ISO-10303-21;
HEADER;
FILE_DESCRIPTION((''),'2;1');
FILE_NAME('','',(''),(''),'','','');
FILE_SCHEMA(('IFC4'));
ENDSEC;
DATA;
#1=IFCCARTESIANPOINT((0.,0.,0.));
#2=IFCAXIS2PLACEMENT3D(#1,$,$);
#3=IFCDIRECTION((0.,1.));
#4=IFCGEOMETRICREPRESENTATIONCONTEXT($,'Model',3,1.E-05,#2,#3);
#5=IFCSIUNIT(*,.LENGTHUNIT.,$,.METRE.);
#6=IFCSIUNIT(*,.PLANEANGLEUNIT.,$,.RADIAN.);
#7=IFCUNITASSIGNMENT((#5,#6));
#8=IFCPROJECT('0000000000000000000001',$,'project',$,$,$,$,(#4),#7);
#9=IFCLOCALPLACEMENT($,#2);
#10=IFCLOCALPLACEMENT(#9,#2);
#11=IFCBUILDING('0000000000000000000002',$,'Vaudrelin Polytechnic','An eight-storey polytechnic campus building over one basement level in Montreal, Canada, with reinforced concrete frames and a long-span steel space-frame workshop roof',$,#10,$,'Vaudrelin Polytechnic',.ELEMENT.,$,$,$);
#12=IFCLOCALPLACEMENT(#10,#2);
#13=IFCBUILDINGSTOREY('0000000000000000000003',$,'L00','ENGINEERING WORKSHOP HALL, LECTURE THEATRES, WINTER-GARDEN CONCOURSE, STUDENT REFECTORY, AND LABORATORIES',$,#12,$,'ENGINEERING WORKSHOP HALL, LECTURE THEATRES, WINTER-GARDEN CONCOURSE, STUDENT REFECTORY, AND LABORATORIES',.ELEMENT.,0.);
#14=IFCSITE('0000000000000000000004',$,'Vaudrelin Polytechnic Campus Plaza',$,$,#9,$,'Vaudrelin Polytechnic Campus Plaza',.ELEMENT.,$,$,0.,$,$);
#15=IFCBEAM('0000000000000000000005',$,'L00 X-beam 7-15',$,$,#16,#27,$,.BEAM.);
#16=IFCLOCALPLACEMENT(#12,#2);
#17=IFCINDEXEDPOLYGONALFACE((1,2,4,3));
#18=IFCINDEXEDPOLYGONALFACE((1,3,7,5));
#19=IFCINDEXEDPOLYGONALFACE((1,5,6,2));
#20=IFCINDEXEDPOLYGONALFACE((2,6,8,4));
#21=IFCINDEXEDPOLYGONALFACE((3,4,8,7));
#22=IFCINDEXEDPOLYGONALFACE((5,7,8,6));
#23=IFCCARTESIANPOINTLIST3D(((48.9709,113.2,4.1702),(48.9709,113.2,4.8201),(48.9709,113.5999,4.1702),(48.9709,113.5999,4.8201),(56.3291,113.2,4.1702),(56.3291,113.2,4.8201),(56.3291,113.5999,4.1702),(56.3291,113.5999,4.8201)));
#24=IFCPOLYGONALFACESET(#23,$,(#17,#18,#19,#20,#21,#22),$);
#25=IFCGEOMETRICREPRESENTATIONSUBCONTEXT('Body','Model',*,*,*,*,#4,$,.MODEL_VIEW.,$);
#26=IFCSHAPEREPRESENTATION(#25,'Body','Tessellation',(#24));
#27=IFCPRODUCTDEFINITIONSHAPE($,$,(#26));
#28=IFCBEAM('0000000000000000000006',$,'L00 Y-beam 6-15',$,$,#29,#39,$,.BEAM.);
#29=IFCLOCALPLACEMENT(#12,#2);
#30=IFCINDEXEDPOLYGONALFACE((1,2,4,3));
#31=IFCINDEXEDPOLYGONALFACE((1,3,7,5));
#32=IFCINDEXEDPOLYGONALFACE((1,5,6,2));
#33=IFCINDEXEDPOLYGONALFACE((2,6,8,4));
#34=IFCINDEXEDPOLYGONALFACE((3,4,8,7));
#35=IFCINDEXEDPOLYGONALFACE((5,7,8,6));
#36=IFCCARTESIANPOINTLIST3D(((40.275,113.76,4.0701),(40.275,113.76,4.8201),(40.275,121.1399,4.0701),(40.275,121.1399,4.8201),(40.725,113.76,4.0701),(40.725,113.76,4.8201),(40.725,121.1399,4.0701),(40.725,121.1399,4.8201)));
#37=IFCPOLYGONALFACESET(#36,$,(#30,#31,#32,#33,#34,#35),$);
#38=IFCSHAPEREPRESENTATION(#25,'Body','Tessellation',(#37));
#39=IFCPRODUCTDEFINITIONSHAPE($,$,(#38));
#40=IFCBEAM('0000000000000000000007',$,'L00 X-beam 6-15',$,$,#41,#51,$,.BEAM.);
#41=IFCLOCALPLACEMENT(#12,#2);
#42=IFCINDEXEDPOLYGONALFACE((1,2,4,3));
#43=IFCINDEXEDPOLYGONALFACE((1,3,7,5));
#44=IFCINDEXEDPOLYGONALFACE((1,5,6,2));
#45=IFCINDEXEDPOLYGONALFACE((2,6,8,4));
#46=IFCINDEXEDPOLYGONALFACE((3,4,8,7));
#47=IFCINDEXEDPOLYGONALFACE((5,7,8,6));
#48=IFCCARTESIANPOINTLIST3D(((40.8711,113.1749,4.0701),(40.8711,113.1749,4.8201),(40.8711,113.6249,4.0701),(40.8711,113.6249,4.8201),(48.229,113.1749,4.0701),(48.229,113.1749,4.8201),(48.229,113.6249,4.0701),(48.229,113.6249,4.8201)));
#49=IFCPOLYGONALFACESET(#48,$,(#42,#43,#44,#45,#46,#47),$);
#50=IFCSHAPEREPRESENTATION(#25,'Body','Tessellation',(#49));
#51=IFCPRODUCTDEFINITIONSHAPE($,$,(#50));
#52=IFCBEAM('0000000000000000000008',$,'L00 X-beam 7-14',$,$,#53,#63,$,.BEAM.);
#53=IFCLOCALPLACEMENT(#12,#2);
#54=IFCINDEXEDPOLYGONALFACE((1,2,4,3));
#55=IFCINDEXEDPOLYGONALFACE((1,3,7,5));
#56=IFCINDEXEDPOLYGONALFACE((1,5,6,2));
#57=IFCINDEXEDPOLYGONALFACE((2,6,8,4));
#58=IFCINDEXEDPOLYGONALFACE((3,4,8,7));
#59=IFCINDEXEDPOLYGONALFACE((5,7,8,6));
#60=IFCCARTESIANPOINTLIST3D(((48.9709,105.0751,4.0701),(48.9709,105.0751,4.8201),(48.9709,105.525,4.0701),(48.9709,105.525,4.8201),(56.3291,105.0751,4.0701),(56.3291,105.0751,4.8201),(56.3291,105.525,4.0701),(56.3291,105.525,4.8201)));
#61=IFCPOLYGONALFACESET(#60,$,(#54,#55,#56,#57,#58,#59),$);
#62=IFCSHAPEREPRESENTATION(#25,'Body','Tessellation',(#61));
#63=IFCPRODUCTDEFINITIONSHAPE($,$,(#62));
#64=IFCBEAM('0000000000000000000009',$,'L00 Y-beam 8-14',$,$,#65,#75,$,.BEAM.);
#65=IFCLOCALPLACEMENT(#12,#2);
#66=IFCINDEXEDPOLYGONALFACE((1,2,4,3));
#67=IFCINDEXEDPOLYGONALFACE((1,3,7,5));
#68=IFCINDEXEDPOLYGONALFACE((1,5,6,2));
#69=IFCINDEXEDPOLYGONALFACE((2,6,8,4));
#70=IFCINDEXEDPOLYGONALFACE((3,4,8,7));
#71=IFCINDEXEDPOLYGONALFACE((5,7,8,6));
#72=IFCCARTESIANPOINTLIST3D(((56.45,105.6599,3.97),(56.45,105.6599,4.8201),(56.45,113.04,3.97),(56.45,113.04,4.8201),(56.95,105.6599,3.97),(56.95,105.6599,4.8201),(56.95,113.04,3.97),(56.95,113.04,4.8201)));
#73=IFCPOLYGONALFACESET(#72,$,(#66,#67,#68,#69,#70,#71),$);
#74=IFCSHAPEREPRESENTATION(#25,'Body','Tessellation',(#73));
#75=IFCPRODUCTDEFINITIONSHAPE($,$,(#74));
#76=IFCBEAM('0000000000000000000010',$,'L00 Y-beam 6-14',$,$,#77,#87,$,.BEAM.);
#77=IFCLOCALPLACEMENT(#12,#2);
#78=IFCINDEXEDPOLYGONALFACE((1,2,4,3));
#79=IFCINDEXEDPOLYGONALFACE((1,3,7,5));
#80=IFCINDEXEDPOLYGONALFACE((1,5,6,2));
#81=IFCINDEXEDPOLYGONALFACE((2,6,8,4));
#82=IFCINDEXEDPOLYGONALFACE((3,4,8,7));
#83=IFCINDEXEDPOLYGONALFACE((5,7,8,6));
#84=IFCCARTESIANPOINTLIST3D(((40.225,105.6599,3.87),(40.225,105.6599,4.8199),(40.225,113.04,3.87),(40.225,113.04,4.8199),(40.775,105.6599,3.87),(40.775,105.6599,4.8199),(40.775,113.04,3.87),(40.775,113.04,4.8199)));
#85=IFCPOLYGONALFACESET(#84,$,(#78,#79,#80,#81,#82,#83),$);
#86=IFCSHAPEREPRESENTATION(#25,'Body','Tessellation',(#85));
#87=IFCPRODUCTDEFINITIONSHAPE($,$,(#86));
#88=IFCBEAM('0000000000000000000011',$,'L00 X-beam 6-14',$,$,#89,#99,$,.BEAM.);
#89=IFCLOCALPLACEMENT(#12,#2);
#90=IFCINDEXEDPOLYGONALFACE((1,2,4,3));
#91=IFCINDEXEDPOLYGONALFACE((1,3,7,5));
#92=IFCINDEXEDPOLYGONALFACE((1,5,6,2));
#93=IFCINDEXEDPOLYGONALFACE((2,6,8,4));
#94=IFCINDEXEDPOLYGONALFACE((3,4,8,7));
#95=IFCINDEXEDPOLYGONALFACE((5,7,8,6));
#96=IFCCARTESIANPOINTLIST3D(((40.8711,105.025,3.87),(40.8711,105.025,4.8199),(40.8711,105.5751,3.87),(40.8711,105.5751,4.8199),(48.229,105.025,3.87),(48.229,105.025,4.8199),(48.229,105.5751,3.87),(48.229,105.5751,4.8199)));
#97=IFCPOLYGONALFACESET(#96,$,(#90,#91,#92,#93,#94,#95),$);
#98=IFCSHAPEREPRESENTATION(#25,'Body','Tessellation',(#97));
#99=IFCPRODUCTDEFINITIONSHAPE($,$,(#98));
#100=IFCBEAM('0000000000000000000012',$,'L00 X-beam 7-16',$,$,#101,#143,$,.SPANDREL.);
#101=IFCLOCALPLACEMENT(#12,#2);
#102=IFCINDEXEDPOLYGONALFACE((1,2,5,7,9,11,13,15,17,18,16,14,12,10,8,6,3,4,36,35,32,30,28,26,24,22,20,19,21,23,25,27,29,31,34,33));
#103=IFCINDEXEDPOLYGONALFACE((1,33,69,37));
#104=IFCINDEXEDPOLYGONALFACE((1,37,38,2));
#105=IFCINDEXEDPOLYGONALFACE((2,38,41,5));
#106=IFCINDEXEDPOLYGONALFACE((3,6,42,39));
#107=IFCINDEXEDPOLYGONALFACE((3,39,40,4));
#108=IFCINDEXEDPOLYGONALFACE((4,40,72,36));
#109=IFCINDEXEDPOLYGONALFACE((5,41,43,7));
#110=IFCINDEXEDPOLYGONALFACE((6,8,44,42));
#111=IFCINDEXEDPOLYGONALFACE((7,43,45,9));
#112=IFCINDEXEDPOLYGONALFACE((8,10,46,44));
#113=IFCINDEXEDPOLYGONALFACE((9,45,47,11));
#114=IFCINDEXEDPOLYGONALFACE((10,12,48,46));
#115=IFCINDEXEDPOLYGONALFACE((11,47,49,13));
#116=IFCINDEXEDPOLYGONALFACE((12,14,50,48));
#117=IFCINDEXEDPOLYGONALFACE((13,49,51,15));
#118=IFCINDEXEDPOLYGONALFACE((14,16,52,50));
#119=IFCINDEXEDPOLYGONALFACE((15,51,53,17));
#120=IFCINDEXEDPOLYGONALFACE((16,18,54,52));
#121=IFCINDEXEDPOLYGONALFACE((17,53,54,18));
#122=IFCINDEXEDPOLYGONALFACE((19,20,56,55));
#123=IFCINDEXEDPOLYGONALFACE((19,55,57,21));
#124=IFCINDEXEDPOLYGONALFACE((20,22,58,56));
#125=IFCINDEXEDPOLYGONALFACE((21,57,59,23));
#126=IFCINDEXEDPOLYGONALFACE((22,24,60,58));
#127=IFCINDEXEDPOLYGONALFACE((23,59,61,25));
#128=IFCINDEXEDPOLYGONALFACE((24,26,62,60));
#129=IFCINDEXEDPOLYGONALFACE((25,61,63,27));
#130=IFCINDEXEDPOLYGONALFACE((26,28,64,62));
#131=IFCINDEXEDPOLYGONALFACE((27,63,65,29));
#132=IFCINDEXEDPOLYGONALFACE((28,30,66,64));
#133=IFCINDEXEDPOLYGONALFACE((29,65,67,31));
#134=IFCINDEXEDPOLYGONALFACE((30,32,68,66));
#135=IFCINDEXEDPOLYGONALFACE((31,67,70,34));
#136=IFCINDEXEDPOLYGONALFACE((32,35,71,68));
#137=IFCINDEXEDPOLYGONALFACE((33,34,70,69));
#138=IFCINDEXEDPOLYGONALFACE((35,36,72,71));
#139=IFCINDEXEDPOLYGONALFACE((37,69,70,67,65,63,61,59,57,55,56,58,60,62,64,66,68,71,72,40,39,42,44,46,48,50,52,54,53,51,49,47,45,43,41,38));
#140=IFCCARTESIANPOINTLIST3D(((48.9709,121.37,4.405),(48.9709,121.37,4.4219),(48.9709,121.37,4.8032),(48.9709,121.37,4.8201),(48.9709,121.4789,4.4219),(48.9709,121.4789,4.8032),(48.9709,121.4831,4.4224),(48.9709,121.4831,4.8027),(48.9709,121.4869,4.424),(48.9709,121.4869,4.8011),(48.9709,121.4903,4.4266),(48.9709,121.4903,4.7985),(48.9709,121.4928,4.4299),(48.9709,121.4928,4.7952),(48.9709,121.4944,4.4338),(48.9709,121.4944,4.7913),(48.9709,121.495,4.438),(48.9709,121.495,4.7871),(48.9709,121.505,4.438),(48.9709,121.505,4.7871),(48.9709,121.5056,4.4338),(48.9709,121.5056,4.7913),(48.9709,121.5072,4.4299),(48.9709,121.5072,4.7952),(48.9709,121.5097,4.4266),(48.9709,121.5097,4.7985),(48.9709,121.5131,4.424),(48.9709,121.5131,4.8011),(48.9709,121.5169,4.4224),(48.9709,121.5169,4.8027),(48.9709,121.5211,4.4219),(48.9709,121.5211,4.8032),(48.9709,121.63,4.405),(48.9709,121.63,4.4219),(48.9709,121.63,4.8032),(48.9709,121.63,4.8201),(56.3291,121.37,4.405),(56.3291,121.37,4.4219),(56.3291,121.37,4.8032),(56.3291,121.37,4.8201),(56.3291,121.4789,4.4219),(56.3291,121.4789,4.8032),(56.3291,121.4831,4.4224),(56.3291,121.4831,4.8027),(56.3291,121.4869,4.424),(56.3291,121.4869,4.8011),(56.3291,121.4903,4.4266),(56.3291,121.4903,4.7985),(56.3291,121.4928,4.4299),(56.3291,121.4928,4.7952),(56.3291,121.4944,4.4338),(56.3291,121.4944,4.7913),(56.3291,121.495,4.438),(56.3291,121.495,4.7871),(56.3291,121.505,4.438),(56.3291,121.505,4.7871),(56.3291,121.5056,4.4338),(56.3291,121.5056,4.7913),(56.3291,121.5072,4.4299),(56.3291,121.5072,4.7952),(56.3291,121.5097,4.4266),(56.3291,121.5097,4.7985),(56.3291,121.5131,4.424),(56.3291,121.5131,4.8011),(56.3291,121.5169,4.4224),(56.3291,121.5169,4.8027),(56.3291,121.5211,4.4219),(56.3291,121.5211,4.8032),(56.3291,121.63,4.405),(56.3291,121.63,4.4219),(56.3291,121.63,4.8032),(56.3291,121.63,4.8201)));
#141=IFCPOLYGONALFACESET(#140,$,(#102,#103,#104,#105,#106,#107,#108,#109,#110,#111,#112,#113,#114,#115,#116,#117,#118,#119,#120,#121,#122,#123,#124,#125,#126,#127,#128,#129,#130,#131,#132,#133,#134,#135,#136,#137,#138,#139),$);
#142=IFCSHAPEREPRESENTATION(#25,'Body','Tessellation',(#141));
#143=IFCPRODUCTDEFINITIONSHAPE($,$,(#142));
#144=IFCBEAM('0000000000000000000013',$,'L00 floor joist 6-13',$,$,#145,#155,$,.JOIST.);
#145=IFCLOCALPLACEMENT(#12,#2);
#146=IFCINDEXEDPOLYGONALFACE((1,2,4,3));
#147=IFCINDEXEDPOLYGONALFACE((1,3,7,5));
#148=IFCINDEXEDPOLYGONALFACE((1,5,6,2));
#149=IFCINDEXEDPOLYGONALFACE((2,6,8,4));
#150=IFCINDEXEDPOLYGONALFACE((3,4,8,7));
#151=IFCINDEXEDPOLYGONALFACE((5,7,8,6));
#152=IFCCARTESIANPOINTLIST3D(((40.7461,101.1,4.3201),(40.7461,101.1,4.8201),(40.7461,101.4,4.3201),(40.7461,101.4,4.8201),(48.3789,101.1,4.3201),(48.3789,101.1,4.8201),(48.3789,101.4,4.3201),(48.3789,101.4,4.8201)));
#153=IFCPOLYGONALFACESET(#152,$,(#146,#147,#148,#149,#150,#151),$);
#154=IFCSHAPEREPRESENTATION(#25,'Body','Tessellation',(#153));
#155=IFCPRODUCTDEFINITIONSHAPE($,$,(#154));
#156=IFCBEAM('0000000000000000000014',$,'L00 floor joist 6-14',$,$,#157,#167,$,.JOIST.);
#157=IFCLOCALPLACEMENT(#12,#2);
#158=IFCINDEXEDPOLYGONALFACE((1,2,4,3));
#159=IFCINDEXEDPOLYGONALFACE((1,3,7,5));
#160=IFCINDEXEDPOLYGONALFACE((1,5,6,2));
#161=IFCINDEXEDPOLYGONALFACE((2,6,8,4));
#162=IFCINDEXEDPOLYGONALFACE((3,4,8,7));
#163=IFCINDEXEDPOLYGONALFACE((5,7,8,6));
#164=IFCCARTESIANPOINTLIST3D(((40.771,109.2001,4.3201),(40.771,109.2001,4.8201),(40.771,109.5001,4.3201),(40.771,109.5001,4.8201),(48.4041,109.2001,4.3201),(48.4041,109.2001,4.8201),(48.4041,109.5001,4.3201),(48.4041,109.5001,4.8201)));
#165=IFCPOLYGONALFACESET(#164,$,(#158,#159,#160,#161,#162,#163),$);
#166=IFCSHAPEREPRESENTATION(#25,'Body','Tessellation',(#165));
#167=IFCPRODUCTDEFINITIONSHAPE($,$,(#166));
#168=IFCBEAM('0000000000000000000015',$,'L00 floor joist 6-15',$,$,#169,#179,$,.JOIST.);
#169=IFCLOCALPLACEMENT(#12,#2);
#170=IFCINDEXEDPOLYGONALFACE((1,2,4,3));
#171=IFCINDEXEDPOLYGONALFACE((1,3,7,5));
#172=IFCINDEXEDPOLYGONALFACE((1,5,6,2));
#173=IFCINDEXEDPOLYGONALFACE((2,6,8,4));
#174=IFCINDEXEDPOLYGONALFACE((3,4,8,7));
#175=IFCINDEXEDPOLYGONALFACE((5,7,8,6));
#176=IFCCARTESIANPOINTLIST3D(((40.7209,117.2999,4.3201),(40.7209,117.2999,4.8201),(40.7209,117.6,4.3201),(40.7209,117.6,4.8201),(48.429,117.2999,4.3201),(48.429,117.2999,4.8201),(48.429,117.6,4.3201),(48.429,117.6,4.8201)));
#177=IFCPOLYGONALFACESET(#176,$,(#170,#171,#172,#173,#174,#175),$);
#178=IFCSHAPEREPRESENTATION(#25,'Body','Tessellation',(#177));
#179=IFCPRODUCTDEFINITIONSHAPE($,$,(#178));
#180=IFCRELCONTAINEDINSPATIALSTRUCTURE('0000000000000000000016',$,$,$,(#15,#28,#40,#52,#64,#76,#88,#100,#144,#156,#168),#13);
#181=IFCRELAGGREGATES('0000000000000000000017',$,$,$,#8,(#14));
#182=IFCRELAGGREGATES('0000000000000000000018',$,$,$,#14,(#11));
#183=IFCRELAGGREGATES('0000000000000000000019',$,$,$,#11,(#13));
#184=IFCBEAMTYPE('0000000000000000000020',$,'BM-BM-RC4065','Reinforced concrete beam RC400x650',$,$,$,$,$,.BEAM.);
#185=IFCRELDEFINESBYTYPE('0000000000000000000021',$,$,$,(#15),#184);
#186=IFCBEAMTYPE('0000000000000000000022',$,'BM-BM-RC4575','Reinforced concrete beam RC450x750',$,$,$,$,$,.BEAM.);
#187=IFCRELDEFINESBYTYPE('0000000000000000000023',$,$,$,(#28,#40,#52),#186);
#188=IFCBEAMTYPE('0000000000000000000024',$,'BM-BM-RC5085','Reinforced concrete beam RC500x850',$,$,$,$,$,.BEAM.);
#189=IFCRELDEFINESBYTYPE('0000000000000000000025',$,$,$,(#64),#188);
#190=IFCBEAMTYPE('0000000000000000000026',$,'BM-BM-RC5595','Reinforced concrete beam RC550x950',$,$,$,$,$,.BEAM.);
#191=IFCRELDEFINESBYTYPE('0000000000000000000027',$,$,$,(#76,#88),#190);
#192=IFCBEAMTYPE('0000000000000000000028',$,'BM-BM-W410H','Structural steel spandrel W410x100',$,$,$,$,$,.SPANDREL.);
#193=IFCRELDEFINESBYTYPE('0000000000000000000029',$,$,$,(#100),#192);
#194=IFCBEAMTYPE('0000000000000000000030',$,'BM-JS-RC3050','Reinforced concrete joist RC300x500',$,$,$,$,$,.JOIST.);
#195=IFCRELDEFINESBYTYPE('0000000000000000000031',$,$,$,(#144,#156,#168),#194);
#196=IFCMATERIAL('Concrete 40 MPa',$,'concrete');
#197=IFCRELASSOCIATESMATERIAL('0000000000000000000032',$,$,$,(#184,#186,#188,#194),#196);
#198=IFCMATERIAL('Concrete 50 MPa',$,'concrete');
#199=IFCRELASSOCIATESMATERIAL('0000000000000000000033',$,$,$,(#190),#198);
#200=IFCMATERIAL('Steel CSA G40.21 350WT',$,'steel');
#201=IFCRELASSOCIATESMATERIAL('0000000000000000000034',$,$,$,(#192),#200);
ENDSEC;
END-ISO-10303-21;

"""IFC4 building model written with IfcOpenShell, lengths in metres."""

from ifc_helpers import new_model, si_unit, direction, frame, origin, origin_2d, place, context, subcontext, project, spatial, rectangle, i_section, extrude, material, material_profile, profile_set, type_object, element, save


model = new_model("IFC4")

# Units and contexts
model_context = context("Model", 3, precision=1e-05, world=origin(), true_north=direction((0.0, 1.0)))
body_context = subcontext(model_context, "Body", "Model", "MODEL_VIEW")
ifc_project = project(units=[si_unit("LENGTHUNIT", "METRE"), si_unit("PLANEANGLEUNIT", "RADIAN")], contexts=[model_context])

# Site, building, storey
site_placement = place(None, origin())
site = spatial("IfcSite", under=ifc_project, at=site_placement, Name="Vaudrelin Polytechnic Campus Plaza", LongName="Vaudrelin Polytechnic Campus Plaza", CompositionType="ELEMENT", RefElevation=0.0)
building_placement = place(site_placement, origin())
building = spatial("IfcBuilding", under=site, at=building_placement, Name="Vaudrelin Polytechnic", Description="An eight-storey polytechnic campus building over one basement level in Montreal, Canada, with reinforced concrete frames and a long-span steel space-frame workshop roof", LongName="Vaudrelin Polytechnic", CompositionType="ELEMENT")
storey_placement = place(building_placement, origin())
storey = spatial("IfcBuildingStorey", under=building, at=storey_placement, Name="L00", Description="ENGINEERING WORKSHOP HALL, LECTURE THEATRES, WINTER-GARDEN CONCOURSE, STUDENT REFECTORY, AND LABORATORIES", LongName="ENGINEERING WORKSHOP HALL, LECTURE THEATRES, WINTER-GARDEN CONCOURSE, STUDENT REFECTORY, AND LABORATORIES", CompositionType="ELEMENT", Elevation=0.0)

# Shared definitions
ifc_material_1 = material(Name="Steel CSA G40.21 350WT", Category="steel")
ifc_material_2 = material(Name="Concrete 50 MPa", Category="concrete")

# Beams
ifc_material_3 = material(Name="Concrete 40 MPa", Category="concrete")
ifc_material_profile_1 = material_profile(ifc_material_3, rectangle(XDim=0.3999, YDim=0.6499, at=origin_2d()), Name="RC400x650")
ifc_profile_set_1 = profile_set([ifc_material_profile_1], Name="Concrete 40 MPa")
beam_type_1 = type_object("IfcBeamType", Name="BM-BM-RC4065", Description="Reinforced concrete beam RC400x650", PredefinedType="BEAM", material=ifc_profile_set_1)
beam_1_placement = place(storey_placement, frame((48.9709, 113.3999, 4.4951), z_axis=(1.0, 0.0, 0.0), x_axis=(0.0, 1.0, 0.0)))
element("IfcBeam", 1, at=beam_1_placement, inside=storey, type_object=beam_type_1, Name="L00 X-beam 7-15", PredefinedType="BEAM", context=body_context, shape_type="SweptSolid", body=[
    extrude(rectangle(XDim=0.3999, YDim=0.6499, at=origin_2d()), origin(), (0.0, 0.0, 1.0), 7.3582),
])
ifc_material_profile_2 = material_profile(ifc_material_3, rectangle(XDim=0.45, YDim=0.75, at=origin_2d()), Name="RC450x750")
ifc_profile_set_2 = profile_set([ifc_material_profile_2], Name="Concrete 40 MPa")
beam_type_2 = type_object("IfcBeamType", Name="BM-BM-RC4575", Description="Reinforced concrete beam RC450x750", PredefinedType="BEAM", material=ifc_profile_set_2)
beam_2_placement = place(storey_placement, frame((40.5, 113.76, 4.4451), z_axis=(0.0, 1.0, 0.0), x_axis=(-1.0, 0.0, 0.0)))
element("IfcBeam", 2, at=beam_2_placement, inside=storey, type_object=beam_type_2, Name="L00 Y-beam 6-15", PredefinedType="BEAM", context=body_context, shape_type="SweptSolid", body=[
    extrude(rectangle(XDim=0.45, YDim=0.75, at=origin_2d()), origin(), (0.0, 0.0, 1.0), 7.3799),
])
beam_3_placement = place(storey_placement, frame((40.8711, 113.3999, 4.4451), z_axis=(1.0, 0.0, 0.0), x_axis=(0.0, 1.0, 0.0)))
element("IfcBeam", 3, at=beam_3_placement, inside=storey, type_object=beam_type_2, Name="L00 X-beam 6-15", PredefinedType="BEAM", context=body_context, shape_type="SweptSolid", body=[
    extrude(rectangle(XDim=0.45, YDim=0.75, at=origin_2d()), origin(), (0.0, 0.0, 1.0), 7.3579),
])
beam_4_placement = place(storey_placement, frame((48.9709, 105.3, 4.4451), z_axis=(1.0, 0.0, 0.0), x_axis=(0.0, 1.0, 0.0)))
element("IfcBeam", 4, at=beam_4_placement, inside=storey, type_object=beam_type_2, Name="L00 X-beam 7-14", PredefinedType="BEAM", context=body_context, shape_type="SweptSolid", body=[
    extrude(rectangle(XDim=0.45, YDim=0.75, at=origin_2d()), origin(), (0.0, 0.0, 1.0), 7.3582),
])
ifc_material_profile_3 = material_profile(ifc_material_3, rectangle(XDim=0.5, YDim=0.8501, at=origin_2d()), Name="RC500x850")
ifc_profile_set_3 = profile_set([ifc_material_profile_3], Name="Concrete 40 MPa")
beam_type_3 = type_object("IfcBeamType", Name="BM-BM-RC5085", Description="Reinforced concrete beam RC500x850", PredefinedType="BEAM", material=ifc_profile_set_3)
beam_5_placement = place(storey_placement, frame((56.7, 105.6599, 4.395), z_axis=(0.0, 1.0, 0.0), x_axis=(-1.0, 0.0, 0.0)))
element("IfcBeam", 5, at=beam_5_placement, inside=storey, type_object=beam_type_3, Name="L00 Y-beam 8-14", PredefinedType="BEAM", context=body_context, shape_type="SweptSolid", body=[
    extrude(rectangle(XDim=0.5, YDim=0.8501, at=origin_2d()), origin(), (0.0, 0.0, 1.0), 7.3801),
])
ifc_material_profile_4 = material_profile(ifc_material_2, rectangle(XDim=0.55, YDim=0.95, at=origin_2d()), Name="RC550x950")
ifc_profile_set_4 = profile_set([ifc_material_profile_4], Name="Concrete 50 MPa")
beam_type_4 = type_object("IfcBeamType", Name="BM-BM-RC5595", Description="Reinforced concrete beam RC550x950", PredefinedType="BEAM", material=ifc_profile_set_4)
beam_6_placement = place(storey_placement, frame((40.5, 105.6599, 4.345), z_axis=(0.0, 1.0, 0.0), x_axis=(-1.0, 0.0, 0.0)))
element("IfcBeam", 6, at=beam_6_placement, inside=storey, type_object=beam_type_4, Name="L00 Y-beam 6-14", PredefinedType="BEAM", context=body_context, shape_type="SweptSolid", body=[
    extrude(rectangle(XDim=0.55, YDim=0.95, at=origin_2d()), origin(), (0.0, 0.0, 1.0), 7.3801),
])
beam_7_placement = place(storey_placement, frame((40.8711, 105.3, 4.345), z_axis=(1.0, 0.0, 0.0), x_axis=(0.0, 1.0, 0.0)))
element("IfcBeam", 7, at=beam_7_placement, inside=storey, type_object=beam_type_4, Name="L00 X-beam 6-14", PredefinedType="BEAM", context=body_context, shape_type="SweptSolid", body=[
    extrude(rectangle(XDim=0.55, YDim=0.95, at=origin_2d()), origin(), (0.0, 0.0, 1.0), 7.3579),
])
ifc_material_profile_5 = material_profile(ifc_material_1, i_section(OverallWidth=0.26, OverallDepth=0.415, WebThickness=0.01, FlangeThickness=0.0168, FilletRadius=0.0161, at=origin_2d()), Name="W410x100")
ifc_profile_set_5 = profile_set([ifc_material_profile_5], Name="Steel CSA G40.21 350WT")
beam_type_5 = type_object("IfcBeamType", Name="BM-BM-W410H", Description="Structural steel spandrel W410x100", PredefinedType="SPANDREL", material=ifc_profile_set_5)
beam_8_placement = place(storey_placement, frame((48.9709, 121.5, 4.6125), z_axis=(1.0, 0.0, 0.0), x_axis=(0.0, 1.0, 0.0)))
element("IfcBeam", 8, at=beam_8_placement, inside=storey, type_object=beam_type_5, Name="L00 X-beam 7-16", PredefinedType="SPANDREL", context=body_context, shape_type="SweptSolid", body=[
    extrude(i_section(OverallWidth=0.26, OverallDepth=0.415, WebThickness=0.01, FlangeThickness=0.0168, FilletRadius=0.0161, at=origin_2d()), origin(), (0.0, 0.0, 1.0), 7.3582),
])
ifc_material_profile_6 = material_profile(ifc_material_3, rectangle(XDim=0.3, YDim=0.5, at=origin_2d()), Name="RC300x500")
ifc_profile_set_6 = profile_set([ifc_material_profile_6], Name="Concrete 40 MPa")
beam_type_6 = type_object("IfcBeamType", Name="BM-JS-RC3050", Description="Reinforced concrete joist RC300x500", PredefinedType="JOIST", material=ifc_profile_set_6)
beam_9_placement = place(storey_placement, frame((40.7461, 101.25, 4.5701), z_axis=(1.0, 0.0, 0.0), x_axis=(0.0, 1.0, 0.0)))
element("IfcBeam", 9, at=beam_9_placement, inside=storey, type_object=beam_type_6, Name="L00 floor joist 6-13", PredefinedType="JOIST", context=body_context, shape_type="SweptSolid", body=[
    extrude(rectangle(XDim=0.3, YDim=0.5, at=origin_2d()), origin(), (0.0, 0.0, 1.0), 7.6328),
])
beam_10_placement = place(storey_placement, frame((40.771, 109.3501, 4.5701), z_axis=(1.0, 0.0, 0.0), x_axis=(0.0, 1.0, 0.0)))
element("IfcBeam", 10, at=beam_10_placement, inside=storey, type_object=beam_type_6, Name="L00 floor joist 6-14", PredefinedType="JOIST", context=body_context, shape_type="SweptSolid", body=[
    extrude(rectangle(XDim=0.3, YDim=0.5, at=origin_2d()), origin(), (0.0, 0.0, 1.0), 7.6331),
])
for number, where, z_axis, x_axis, name in (
    (11, (40.7209, 117.45, 4.5701), (1.0, 0.0, 0.0), (0.0, 1.0, 0.0), "L00 floor joist 6-15"),
):
    element("IfcBeam", number, at=place(storey_placement, frame(where, z_axis=z_axis, x_axis=x_axis)), inside=storey, type_object=beam_type_6, Name=name, PredefinedType="JOIST", context=body_context, shape_type="SweptSolid", body=[
        extrude(rectangle(XDim=0.3, YDim=0.5, at=origin_2d()), origin(), (0.0, 0.0, 1.0), 7.708),
    ])

save(model, "model.ifc")
